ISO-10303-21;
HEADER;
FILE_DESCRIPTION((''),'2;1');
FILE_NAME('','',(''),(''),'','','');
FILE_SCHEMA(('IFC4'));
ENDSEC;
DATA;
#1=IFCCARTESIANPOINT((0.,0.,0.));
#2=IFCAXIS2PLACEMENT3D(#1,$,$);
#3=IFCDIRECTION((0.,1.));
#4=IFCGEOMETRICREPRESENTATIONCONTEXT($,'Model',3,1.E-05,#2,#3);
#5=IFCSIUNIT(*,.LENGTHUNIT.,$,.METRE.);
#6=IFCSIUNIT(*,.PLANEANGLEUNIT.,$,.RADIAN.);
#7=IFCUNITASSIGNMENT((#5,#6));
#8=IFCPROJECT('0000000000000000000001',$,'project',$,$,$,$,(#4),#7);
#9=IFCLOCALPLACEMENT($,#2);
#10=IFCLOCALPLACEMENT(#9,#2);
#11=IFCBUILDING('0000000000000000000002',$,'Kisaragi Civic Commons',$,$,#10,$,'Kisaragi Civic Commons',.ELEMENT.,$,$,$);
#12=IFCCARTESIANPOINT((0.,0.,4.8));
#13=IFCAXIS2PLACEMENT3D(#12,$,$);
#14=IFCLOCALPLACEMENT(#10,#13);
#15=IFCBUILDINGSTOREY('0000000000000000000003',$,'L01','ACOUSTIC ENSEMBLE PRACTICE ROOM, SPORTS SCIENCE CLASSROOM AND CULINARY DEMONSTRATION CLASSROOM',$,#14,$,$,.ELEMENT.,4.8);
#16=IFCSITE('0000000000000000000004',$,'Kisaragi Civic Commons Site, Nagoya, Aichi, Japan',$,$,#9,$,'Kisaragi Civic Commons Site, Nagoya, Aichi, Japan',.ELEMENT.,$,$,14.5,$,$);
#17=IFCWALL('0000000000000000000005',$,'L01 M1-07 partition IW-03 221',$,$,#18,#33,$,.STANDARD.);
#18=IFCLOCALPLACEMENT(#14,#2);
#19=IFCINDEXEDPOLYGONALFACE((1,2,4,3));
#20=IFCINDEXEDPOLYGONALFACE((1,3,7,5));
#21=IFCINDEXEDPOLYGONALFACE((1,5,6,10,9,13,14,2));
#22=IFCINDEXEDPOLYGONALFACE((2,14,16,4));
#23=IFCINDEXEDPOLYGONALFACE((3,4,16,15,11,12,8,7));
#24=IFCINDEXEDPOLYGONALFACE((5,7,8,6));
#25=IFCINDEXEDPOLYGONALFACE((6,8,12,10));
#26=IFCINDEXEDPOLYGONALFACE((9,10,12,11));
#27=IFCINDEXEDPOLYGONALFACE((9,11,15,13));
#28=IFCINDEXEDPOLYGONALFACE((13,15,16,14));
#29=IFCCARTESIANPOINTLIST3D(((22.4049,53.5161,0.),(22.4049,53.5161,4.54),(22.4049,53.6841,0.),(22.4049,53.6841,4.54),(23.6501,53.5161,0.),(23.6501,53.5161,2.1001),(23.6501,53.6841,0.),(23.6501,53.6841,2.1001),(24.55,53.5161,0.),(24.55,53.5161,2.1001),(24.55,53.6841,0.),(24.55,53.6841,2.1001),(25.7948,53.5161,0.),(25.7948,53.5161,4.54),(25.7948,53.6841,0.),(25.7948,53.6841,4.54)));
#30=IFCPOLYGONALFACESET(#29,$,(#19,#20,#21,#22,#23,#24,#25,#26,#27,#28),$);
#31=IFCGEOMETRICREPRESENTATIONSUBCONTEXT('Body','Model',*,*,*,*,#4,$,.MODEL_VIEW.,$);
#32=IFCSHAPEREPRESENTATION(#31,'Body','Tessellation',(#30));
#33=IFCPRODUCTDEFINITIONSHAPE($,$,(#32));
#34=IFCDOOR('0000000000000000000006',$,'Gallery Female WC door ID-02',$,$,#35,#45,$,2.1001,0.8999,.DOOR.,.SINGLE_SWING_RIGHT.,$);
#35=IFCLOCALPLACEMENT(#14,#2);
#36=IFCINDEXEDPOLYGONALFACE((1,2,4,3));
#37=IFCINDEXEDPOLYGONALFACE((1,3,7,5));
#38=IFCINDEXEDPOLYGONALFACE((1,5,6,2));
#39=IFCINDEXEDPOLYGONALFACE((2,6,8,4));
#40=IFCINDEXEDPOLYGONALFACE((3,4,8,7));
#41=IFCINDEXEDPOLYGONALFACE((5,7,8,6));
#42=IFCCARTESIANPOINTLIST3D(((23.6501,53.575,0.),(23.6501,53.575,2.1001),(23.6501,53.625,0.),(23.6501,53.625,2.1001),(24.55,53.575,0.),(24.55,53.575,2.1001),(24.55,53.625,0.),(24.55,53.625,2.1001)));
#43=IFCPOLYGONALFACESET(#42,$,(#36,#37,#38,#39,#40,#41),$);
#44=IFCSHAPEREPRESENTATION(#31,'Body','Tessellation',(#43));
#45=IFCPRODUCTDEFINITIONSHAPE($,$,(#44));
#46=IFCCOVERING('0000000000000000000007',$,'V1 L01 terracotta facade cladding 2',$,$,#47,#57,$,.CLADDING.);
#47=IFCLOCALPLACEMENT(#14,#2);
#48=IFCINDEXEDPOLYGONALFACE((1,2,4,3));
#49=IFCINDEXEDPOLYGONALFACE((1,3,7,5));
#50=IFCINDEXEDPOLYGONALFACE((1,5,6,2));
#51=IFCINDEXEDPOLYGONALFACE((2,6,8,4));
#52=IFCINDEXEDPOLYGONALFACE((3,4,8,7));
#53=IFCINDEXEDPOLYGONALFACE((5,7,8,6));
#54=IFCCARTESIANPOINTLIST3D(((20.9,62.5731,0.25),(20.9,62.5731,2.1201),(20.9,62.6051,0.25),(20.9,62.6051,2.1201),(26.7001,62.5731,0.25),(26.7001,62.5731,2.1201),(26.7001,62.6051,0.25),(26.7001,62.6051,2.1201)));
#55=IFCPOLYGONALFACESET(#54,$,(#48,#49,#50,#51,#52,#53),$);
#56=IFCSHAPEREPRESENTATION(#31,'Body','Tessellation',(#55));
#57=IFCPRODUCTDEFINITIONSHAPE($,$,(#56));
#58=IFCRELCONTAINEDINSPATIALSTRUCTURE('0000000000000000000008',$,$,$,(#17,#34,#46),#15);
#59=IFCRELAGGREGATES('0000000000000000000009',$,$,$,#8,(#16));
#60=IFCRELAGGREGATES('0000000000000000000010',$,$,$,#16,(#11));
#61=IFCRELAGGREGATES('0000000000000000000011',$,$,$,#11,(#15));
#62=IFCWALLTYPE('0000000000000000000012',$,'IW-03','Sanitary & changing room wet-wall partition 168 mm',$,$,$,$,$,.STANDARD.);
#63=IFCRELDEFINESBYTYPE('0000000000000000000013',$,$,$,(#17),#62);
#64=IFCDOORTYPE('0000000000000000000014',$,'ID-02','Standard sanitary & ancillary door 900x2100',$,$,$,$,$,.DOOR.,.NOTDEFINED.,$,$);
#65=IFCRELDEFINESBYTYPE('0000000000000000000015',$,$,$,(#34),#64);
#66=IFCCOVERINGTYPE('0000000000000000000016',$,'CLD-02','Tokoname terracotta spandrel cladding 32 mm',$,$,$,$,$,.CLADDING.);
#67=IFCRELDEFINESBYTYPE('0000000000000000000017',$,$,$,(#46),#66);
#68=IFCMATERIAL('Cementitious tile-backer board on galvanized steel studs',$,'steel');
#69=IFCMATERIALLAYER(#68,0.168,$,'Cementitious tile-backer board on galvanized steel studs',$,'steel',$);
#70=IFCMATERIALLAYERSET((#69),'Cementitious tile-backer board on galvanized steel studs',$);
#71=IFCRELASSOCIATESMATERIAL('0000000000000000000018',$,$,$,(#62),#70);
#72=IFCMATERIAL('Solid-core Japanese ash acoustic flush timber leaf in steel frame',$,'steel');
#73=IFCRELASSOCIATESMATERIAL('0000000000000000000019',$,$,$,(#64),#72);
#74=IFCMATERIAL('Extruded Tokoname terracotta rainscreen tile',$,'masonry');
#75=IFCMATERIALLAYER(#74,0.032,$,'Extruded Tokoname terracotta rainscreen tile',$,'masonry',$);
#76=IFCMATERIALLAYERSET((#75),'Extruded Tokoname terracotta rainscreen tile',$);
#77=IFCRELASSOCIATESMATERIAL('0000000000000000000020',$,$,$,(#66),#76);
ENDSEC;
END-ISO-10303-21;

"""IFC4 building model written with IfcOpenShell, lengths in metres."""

from ifc_helpers import new_model, si_unit, direction, frame, frame_2d, origin, origin_2d, place, context, subcontext, project, spatial, rectangle, extrude, material, layer, layer_set, type_object, element, fill, save


model = new_model("IFC4")

# Units and contexts
model_context = context("Model", 3, precision=1e-05, world=origin(), true_north=direction((0.0, 1.0)))
body_context = subcontext(model_context, "Body", "Model", "MODEL_VIEW")
ifc_project = project(units=[si_unit("LENGTHUNIT", "METRE"), si_unit("PLANEANGLEUNIT", "RADIAN")], contexts=[model_context])

# Site, building, storey
site_placement = place(None, origin())
site = spatial("IfcSite", under=ifc_project, at=site_placement, Name="Kisaragi Civic Commons Site, Nagoya, Aichi, Japan", LongName="Kisaragi Civic Commons Site, Nagoya, Aichi, Japan", CompositionType="ELEMENT", RefElevation=14.5)
building_placement = place(site_placement, origin())
building = spatial("IfcBuilding", under=site, at=building_placement, Name="Kisaragi Civic Commons", LongName="Kisaragi Civic Commons", CompositionType="ELEMENT")
storey_placement = place(building_placement, frame((0.0, 0.0, 4.8)))
storey = spatial("IfcBuildingStorey", under=building, at=storey_placement, Name="L01", Description="ACOUSTIC ENSEMBLE PRACTICE ROOM, SPORTS SCIENCE CLASSROOM AND CULINARY DEMONSTRATION CLASSROOM", CompositionType="ELEMENT", Elevation=4.8)

# Shared definitions
ifc_material_1 = material(Name="Cementitious tile-backer board on galvanized steel studs", Category="steel")
ifc_layer_1 = layer(ifc_material_1, 0.168, Name="Cementitious tile-backer board on galvanized steel studs", Category="steel")
ifc_layer_set_1 = layer_set([ifc_layer_1], Name="Cementitious tile-backer board on galvanized steel studs")
wall_type_1 = type_object("IfcWallType", Name="IW-03", Description="Sanitary & changing room wet-wall partition 168 mm", PredefinedType="STANDARD", material=ifc_layer_set_1)

# Wall, opening, door
wall_1_placement = place(storey_placement, frame((22.405, 53.6001, 0.0), z_axis=(0.0, 0.0, 1.0), x_axis=(1.0, 0.0, 0.0)))
wall_1 = element("IfcWall", 1, at=wall_1_placement, inside=storey, type_object=wall_type_1, Name="L01 M1-07 partition IW-03 221", PredefinedType="STANDARD", context=body_context, shape_type="SweptSolid", body=[
    extrude(rectangle(XDim=3.3899, YDim=0.168, at=frame_2d((1.6948, 0.0))), origin(), (0.0, 0.0, 1.0), 4.54),
])
opening_1_placement = place(wall_1_placement, frame((1.2451, 0.0, 0.0)))
opening_1 = element("IfcOpeningElement", 2, at=opening_1_placement, cuts=wall_1, PredefinedType="OPENING", context=body_context, shape_type="SweptSolid", body=[
    extrude(rectangle(XDim=0.8999, YDim=2.1001, at=frame_2d((0.45, 1.05))), frame((0.0, 0.094, 0.0), z_axis=(0.0, -1.0, 0.0), x_axis=(1.0, 0.0, 0.0)), (0.0, 0.0, 1.0), 0.188),
])
ifc_material_2 = material(Name="Solid-core Japanese ash acoustic flush timber leaf in steel frame", Category="steel")
door_type = type_object("IfcDoorType", Name="ID-02", Description="Standard sanitary & ancillary door 900x2100", OperationType="NOTDEFINED", PredefinedType="DOOR", material=ifc_material_2)
door_placement = place(opening_1_placement, origin())
door = element("IfcDoor", 3, at=door_placement, inside=storey, type_object=door_type, Name="Gallery Female WC door ID-02", OperationType="SINGLE_SWING_RIGHT", OverallHeight=2.1001, OverallWidth=0.8999, PredefinedType="DOOR", context=body_context, shape_type="SweptSolid", body=[
    extrude(rectangle(XDim=0.8999, YDim=2.1001, at=frame_2d((0.45, 1.05))), frame((0.0, 0.0249, 0.0), z_axis=(0.0, -1.0, 0.0), x_axis=(1.0, 0.0, 0.0)), (0.0, 0.0, 1.0), 0.05),
])
fill(opening_1, door)

# Covering
ifc_material_3 = material(Name="Extruded Tokoname terracotta rainscreen tile", Category="masonry")
ifc_layer_2 = layer(ifc_material_3, 0.032, Name="Extruded Tokoname terracotta rainscreen tile", Category="masonry")
ifc_layer_set_2 = layer_set([ifc_layer_2], Name="Extruded Tokoname terracotta rainscreen tile")
covering_type = type_object("IfcCoveringType", Name="CLD-02", Description="Tokoname terracotta spandrel cladding 32 mm", PredefinedType="CLADDING", material=ifc_layer_set_2)
covering_placement = place(storey_placement, frame((23.8, 62.5891, 0.25), z_axis=(0.0, 0.0, 1.0), x_axis=(1.0, 0.0, 0.0)))
element("IfcCovering", 4, at=covering_placement, inside=storey, type_object=covering_type, Name="V1 L01 terracotta facade cladding 2", PredefinedType="CLADDING", context=body_context, shape_type="SweptSolid", body=[
    extrude(rectangle(XDim=5.8, YDim=0.032, at=origin_2d()), origin(), (0.0, 0.0, 1.0), 1.8701),
])

save(model, "model.ifc")
